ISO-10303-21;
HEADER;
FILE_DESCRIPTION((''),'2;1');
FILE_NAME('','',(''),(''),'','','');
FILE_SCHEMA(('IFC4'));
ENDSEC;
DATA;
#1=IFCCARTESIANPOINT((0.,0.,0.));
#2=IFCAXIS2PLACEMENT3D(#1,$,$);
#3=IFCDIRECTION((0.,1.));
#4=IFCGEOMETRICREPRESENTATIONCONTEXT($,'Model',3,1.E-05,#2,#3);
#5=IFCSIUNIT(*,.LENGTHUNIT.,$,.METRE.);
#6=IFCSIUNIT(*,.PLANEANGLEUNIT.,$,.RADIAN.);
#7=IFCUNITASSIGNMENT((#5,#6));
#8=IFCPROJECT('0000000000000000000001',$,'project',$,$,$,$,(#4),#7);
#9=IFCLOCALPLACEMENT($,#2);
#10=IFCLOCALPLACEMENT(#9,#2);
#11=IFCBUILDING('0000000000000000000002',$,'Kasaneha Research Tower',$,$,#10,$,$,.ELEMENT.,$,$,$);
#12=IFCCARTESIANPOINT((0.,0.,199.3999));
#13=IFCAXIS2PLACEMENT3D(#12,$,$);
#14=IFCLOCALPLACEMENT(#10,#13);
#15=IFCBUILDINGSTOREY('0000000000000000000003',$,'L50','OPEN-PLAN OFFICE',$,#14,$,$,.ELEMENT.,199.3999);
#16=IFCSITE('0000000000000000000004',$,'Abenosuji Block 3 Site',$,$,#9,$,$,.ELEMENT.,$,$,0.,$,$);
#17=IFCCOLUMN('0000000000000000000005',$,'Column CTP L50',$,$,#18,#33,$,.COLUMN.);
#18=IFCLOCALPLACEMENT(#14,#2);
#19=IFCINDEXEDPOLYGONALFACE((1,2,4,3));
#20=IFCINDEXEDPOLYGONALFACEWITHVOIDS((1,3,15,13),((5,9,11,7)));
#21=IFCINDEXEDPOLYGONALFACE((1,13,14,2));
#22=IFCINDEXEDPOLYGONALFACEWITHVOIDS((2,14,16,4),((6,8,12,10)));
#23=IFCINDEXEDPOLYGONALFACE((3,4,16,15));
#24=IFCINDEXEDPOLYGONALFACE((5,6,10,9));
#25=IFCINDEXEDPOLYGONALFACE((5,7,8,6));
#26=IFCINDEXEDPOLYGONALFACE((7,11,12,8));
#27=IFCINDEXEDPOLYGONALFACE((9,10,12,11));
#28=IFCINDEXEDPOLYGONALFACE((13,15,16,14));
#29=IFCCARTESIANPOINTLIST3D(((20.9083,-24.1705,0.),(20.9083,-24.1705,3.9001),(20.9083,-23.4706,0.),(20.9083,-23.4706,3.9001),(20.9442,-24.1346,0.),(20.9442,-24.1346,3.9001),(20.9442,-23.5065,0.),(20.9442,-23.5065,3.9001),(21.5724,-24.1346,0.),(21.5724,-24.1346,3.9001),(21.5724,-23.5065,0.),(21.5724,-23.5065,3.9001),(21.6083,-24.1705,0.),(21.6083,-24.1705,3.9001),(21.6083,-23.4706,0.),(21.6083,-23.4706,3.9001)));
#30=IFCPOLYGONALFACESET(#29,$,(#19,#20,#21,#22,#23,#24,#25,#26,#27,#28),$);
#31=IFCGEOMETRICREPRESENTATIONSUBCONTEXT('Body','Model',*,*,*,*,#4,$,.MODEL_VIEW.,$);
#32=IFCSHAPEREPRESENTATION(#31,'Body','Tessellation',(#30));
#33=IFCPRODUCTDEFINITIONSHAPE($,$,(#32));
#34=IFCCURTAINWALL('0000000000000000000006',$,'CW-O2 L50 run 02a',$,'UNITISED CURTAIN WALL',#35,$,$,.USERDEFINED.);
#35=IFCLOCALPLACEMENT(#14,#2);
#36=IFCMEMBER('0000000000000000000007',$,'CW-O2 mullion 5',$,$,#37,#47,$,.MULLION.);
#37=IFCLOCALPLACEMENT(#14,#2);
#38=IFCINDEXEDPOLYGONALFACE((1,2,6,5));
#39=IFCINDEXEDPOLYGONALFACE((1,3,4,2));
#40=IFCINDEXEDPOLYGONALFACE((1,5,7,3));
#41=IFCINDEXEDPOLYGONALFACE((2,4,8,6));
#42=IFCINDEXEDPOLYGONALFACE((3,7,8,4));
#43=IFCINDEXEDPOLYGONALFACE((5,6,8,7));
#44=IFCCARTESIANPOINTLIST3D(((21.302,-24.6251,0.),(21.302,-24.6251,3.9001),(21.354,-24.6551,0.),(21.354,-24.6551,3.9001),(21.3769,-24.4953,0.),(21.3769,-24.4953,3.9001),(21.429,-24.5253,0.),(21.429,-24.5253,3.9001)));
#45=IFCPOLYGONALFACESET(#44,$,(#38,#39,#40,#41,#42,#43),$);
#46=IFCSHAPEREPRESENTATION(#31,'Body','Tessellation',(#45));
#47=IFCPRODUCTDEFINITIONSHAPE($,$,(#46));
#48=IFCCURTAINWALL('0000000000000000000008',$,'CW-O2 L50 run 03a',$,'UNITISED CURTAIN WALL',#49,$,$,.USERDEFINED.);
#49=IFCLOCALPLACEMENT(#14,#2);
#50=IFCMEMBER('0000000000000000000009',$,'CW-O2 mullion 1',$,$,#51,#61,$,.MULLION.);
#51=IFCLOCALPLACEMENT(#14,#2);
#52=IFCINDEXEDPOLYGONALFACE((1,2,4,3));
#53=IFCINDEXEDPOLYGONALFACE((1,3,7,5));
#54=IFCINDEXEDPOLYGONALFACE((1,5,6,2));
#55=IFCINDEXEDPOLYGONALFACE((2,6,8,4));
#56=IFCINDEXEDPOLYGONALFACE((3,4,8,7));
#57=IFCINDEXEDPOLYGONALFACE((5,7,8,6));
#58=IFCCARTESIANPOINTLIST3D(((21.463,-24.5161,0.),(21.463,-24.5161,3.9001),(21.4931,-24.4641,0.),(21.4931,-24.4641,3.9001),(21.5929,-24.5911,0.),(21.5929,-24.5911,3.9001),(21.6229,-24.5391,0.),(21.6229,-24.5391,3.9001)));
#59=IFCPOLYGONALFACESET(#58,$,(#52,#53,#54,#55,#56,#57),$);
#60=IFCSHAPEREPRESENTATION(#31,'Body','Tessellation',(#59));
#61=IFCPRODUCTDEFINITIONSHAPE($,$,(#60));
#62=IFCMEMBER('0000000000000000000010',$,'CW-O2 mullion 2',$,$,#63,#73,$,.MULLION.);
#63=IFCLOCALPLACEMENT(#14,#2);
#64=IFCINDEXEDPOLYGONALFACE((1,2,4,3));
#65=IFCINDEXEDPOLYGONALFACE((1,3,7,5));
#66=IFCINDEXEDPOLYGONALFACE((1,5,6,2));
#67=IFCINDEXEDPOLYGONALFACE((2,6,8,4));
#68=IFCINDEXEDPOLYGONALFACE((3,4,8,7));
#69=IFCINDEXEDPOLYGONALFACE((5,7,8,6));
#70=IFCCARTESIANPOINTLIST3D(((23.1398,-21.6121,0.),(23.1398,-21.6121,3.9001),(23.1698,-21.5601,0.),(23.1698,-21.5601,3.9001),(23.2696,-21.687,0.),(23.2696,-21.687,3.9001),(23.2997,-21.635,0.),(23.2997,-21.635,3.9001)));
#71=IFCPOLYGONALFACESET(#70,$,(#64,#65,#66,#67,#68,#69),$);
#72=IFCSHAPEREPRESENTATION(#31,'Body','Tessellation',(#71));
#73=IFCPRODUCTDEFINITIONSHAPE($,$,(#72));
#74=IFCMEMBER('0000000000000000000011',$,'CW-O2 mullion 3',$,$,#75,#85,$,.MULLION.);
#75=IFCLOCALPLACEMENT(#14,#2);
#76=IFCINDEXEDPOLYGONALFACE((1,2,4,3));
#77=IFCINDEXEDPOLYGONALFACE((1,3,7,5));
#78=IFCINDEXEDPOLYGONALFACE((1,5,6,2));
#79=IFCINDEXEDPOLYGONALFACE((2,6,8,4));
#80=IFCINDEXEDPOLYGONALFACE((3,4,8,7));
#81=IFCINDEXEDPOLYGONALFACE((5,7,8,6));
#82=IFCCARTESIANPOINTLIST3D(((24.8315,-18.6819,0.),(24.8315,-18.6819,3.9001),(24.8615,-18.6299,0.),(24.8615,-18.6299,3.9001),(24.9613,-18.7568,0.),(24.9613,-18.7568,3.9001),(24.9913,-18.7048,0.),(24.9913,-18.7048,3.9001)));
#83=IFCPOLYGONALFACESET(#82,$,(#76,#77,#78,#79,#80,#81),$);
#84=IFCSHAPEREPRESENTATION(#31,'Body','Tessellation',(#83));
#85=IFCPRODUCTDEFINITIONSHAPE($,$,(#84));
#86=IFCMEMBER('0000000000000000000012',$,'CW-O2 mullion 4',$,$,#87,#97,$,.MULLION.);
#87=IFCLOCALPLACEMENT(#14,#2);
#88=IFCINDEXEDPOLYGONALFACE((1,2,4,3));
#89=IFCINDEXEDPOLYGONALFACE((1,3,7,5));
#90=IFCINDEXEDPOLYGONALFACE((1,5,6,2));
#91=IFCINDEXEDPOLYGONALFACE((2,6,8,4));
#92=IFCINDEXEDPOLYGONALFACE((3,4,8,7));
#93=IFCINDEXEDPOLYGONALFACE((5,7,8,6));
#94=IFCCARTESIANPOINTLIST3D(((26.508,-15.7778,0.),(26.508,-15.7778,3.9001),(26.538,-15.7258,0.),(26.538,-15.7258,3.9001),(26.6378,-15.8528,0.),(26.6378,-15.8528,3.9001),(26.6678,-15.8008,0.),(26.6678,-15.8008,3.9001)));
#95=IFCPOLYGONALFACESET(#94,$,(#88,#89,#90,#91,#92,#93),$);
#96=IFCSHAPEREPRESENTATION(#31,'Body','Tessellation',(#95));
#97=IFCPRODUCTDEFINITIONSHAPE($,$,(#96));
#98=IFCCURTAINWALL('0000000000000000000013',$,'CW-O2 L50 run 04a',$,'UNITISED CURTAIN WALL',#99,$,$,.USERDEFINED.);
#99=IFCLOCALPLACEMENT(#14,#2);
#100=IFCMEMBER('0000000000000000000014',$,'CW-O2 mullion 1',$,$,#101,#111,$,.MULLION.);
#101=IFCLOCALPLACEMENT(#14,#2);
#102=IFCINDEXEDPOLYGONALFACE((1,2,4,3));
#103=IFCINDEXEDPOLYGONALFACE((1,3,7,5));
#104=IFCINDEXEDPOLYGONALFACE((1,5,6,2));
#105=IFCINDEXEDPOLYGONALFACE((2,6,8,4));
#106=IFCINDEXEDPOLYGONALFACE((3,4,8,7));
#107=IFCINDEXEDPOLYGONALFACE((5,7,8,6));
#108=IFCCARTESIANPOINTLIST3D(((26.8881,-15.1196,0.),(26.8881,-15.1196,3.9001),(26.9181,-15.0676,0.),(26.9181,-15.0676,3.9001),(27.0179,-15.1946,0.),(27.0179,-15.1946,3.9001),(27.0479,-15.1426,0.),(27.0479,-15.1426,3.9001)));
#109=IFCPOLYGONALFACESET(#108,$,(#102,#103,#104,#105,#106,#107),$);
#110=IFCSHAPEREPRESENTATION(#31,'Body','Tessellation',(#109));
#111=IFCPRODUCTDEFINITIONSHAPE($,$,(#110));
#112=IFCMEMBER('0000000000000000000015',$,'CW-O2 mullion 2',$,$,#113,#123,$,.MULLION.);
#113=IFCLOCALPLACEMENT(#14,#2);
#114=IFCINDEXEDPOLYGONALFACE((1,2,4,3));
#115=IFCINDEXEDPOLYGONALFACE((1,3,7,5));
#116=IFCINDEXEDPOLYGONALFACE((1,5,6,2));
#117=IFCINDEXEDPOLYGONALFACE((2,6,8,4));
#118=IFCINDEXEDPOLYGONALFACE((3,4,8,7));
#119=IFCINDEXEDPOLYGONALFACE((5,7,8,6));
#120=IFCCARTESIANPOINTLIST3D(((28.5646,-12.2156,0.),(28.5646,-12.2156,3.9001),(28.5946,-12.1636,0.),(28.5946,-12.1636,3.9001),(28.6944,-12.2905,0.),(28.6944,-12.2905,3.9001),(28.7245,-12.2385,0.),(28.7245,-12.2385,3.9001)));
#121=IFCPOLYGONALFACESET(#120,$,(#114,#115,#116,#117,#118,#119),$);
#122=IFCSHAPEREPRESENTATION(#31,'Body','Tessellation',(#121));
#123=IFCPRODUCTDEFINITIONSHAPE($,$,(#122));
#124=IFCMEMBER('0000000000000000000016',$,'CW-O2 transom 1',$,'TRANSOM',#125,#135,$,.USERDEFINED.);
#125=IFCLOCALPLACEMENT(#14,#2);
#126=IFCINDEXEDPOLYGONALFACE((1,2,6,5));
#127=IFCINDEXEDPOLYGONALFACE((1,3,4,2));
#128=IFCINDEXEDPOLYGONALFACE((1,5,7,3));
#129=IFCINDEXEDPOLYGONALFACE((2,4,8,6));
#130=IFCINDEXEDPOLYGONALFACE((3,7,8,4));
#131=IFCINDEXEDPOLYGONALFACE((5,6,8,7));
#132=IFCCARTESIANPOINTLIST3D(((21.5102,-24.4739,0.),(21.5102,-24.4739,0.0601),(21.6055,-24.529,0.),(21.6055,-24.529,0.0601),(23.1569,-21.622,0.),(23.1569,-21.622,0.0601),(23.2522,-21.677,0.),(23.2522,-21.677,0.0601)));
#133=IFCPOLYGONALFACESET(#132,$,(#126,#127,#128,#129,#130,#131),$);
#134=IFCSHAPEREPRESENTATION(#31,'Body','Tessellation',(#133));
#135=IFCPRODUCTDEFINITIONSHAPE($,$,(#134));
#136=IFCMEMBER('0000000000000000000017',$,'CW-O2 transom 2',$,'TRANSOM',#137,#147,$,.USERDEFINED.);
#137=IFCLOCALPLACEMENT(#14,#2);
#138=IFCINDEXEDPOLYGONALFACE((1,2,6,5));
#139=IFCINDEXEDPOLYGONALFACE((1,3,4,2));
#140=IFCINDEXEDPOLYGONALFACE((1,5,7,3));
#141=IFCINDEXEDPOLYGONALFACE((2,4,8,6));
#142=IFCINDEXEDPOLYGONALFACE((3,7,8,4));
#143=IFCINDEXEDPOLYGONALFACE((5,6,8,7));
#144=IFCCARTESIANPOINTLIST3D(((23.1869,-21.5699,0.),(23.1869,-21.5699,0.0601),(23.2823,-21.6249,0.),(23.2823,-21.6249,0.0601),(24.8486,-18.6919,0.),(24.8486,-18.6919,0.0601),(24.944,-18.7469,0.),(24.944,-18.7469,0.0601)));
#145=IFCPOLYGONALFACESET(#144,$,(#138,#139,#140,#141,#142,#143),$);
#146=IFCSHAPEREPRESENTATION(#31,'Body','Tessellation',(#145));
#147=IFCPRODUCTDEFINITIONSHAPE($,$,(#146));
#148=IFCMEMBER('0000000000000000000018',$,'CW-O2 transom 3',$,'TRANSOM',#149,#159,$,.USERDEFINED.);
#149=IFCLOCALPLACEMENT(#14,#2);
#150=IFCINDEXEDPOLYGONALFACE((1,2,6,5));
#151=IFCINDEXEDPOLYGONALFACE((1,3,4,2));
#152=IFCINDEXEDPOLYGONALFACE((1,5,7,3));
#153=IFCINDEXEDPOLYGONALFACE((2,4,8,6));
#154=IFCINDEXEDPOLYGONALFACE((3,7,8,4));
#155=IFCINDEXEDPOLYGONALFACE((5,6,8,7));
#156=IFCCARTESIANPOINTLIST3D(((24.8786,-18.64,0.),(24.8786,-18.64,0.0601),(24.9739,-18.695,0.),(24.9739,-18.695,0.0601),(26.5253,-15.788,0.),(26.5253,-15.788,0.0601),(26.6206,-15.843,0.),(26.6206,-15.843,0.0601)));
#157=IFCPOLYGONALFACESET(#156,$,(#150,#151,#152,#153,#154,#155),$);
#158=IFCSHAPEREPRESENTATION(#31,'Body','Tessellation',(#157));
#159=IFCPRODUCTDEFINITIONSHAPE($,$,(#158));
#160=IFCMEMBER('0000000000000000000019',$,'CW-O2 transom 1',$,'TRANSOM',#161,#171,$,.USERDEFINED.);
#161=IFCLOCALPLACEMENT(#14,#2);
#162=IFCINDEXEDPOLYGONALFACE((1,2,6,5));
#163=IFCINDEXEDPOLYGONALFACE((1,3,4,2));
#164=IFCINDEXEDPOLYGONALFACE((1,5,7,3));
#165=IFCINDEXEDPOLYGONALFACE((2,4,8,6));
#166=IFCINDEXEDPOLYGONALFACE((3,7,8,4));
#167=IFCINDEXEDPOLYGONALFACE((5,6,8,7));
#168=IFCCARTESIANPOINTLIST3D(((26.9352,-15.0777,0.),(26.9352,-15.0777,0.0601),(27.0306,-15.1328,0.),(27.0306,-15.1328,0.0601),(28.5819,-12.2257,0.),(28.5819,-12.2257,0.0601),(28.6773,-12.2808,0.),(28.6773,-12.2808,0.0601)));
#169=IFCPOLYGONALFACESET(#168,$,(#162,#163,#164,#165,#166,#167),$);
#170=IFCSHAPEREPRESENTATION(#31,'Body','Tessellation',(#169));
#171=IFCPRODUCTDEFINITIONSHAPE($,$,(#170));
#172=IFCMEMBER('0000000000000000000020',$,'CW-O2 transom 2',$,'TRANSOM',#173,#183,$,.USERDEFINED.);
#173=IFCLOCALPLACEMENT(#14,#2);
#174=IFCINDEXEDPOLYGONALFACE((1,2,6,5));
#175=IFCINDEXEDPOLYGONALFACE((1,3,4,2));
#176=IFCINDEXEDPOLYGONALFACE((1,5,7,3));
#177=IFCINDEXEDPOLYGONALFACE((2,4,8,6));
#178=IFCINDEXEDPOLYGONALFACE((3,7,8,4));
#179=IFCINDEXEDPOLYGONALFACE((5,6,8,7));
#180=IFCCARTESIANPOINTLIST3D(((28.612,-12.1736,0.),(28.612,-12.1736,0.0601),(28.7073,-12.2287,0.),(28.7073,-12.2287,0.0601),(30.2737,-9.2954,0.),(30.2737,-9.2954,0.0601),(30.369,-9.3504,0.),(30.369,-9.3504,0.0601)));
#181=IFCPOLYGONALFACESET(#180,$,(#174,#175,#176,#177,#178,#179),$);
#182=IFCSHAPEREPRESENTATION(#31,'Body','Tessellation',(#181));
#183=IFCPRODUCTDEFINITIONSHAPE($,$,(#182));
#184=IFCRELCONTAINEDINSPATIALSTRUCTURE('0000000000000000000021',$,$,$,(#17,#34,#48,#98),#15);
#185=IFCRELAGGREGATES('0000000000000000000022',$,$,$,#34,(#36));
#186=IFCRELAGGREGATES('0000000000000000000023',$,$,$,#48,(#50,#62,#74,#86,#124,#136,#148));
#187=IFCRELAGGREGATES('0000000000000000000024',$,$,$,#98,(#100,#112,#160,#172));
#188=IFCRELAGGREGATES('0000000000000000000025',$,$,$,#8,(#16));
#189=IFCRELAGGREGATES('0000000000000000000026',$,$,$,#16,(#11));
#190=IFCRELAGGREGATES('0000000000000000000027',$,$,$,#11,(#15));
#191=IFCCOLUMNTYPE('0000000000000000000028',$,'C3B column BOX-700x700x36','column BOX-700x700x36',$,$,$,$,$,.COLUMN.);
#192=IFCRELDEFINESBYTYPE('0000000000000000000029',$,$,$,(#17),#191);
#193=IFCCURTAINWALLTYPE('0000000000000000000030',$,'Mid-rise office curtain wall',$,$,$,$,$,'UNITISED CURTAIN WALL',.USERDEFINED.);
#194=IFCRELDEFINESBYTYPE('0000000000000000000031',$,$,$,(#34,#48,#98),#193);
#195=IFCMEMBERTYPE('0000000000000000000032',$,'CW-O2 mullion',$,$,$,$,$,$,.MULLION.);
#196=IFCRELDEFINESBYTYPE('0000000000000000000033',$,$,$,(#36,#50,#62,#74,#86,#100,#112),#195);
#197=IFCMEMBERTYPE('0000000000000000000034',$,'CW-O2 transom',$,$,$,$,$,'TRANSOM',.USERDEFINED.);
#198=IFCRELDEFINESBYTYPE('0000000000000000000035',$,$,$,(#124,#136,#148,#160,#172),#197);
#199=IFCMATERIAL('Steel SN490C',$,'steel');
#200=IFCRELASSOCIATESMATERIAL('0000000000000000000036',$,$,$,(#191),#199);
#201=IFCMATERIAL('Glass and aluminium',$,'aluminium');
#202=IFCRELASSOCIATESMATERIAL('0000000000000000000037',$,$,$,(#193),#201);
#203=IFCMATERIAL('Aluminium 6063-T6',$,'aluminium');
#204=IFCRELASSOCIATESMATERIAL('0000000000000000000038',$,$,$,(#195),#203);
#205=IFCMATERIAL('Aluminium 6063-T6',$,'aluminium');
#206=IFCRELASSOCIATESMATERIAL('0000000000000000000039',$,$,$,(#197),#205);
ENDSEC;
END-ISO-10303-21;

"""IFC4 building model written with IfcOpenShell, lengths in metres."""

from ifc_helpers import new_model, si_unit, direction, frame, origin, origin_2d, place, context, subcontext, project, spatial, rectangle, hollow_rectangle, extrude, material, material_profile, profile_set, type_object, element, aggregate, save


model = new_model("IFC4")

# Units and contexts
model_context = context("Model", 3, precision=1e-05, world=origin(), true_north=direction((0.0, 1.0)))
body_context = subcontext(model_context, "Body", "Model", "MODEL_VIEW")
ifc_project = project(units=[si_unit("LENGTHUNIT", "METRE"), si_unit("PLANEANGLEUNIT", "RADIAN")], contexts=[model_context])

# Site, building, storey
site_placement = place(None, origin())
site = spatial("IfcSite", under=ifc_project, at=site_placement, Name="Abenosuji Block 3 Site", CompositionType="ELEMENT", RefElevation=0.0)
building_placement = place(site_placement, origin())
building = spatial("IfcBuilding", under=site, at=building_placement, Name="Kasaneha Research Tower", CompositionType="ELEMENT")
storey_placement = place(building_placement, frame((0.0, 0.0, 199.3999)))
storey = spatial("IfcBuildingStorey", under=building, at=storey_placement, Name="L50", Description="OPEN-PLAN OFFICE", CompositionType="ELEMENT", Elevation=199.3999)

# Column
ifc_material_1 = material(Name="Steel SN490C", Category="steel")
ifc_material_profile_1 = material_profile(ifc_material_1, hollow_rectangle(XDim=0.7, YDim=0.7, WallThickness=0.0359, at=origin_2d()), Name="BOX-700x700x36")
ifc_profile_set_1 = profile_set([ifc_material_profile_1], Name="Steel SN490C")
column_type = type_object("IfcColumnType", Name="C3B column BOX-700x700x36", Description="column BOX-700x700x36", PredefinedType="COLUMN", material=ifc_profile_set_1)
column_placement = place(storey_placement, frame((21.2583, -23.8206, 0.0), z_axis=(0.0, 0.0, 1.0), x_axis=(1.0, 0.0, 0.0)))
element("IfcColumn", 1, at=column_placement, inside=storey, type_object=column_type, Name="Column CTP L50", PredefinedType="COLUMN", context=body_context, shape_type="SweptSolid", body=[
    extrude(hollow_rectangle(XDim=0.7, YDim=0.7, WallThickness=0.0359, at=origin_2d()), origin(), (0.0, 0.0, 1.0), 3.9001),
])

# Curtain wall, member
ifc_material_2 = material(Name="Glass and aluminium", Category="aluminium")
curtain_wall_type = type_object("IfcCurtainWallType", Name="Mid-rise office curtain wall", ElementType="UNITISED CURTAIN WALL", PredefinedType="USERDEFINED", material=ifc_material_2)
curtain_wall_1_placement = place(storey_placement, origin())
curtain_wall_1 = element("IfcCurtainWall", 2, at=curtain_wall_1_placement, inside=storey, type_object=curtain_wall_type, Name="CW-O2 L50 run 02a", ObjectType="UNITISED CURTAIN WALL", PredefinedType="USERDEFINED")
ifc_material_3 = material(Name="Aluminium 6063-T6", Category="aluminium")
ifc_material_profile_2 = material_profile(ifc_material_3, rectangle(XDim=0.0601, YDim=0.1499, at=origin_2d()), Name="CW-O2 mullion 60x150")
ifc_profile_set_2 = profile_set([ifc_material_profile_2], Name="Aluminium 6063-T6")
member_type_1 = type_object("IfcMemberType", Name="CW-O2 mullion", PredefinedType="MULLION", material=ifc_profile_set_2)
member_1_placement = place(storey_placement, frame((21.3655, -24.5752, 0.0), z_axis=(0.0, 0.0, 1.0), x_axis=(0.866025, -0.5, 0.0)))
member_1 = element("IfcMember", 3, at=member_1_placement, type_object=member_type_1, Name="CW-O2 mullion 5", PredefinedType="MULLION", context=body_context, shape_type="SweptSolid", body=[
    extrude(rectangle(XDim=0.0601, YDim=0.1499, at=origin_2d()), origin(), (0.0, 0.0, 1.0), 3.9001),
])

# Curtain walls, members
curtain_wall_2_placement = place(storey_placement, origin())
curtain_wall_2 = element("IfcCurtainWall", 4, at=curtain_wall_2_placement, inside=storey, type_object=curtain_wall_type, Name="CW-O2 L50 run 03a", ObjectType="UNITISED CURTAIN WALL", PredefinedType="USERDEFINED")
member_2_placement = place(storey_placement, frame((21.543, -24.5276, 0.0), z_axis=(0.0, 0.0, 1.0), x_axis=(0.5, 0.866025, 0.0)))
member_2 = element("IfcMember", 5, at=member_2_placement, type_object=member_type_1, Name="CW-O2 mullion 1", PredefinedType="MULLION", context=body_context, shape_type="SweptSolid", body=[
    extrude(rectangle(XDim=0.0601, YDim=0.1499, at=origin_2d()), origin(), (0.0, 0.0, 1.0), 3.9001),
])
member_3_placement = place(storey_placement, frame((23.2197, -21.6235, 0.0), z_axis=(0.0, 0.0, 1.0), x_axis=(0.5, 0.866025, 0.0)))
member_3 = element("IfcMember", 6, at=member_3_placement, type_object=member_type_1, Name="CW-O2 mullion 2", PredefinedType="MULLION", context=body_context, shape_type="SweptSolid", body=[
    extrude(rectangle(XDim=0.0601, YDim=0.1499, at=origin_2d()), origin(), (0.0, 0.0, 1.0), 3.9001),
])
member_4_placement = place(storey_placement, frame((24.9114, -18.6934, 0.0), z_axis=(0.0, 0.0, 1.0), x_axis=(0.5, 0.866025, 0.0)))
member_4 = element("IfcMember", 7, at=member_4_placement, type_object=member_type_1, Name="CW-O2 mullion 3", PredefinedType="MULLION", context=body_context, shape_type="SweptSolid", body=[
    extrude(rectangle(XDim=0.0601, YDim=0.1499, at=origin_2d()), origin(), (0.0, 0.0, 1.0), 3.9001),
])
member_5_placement = place(storey_placement, frame((26.5879, -15.7893, 0.0), z_axis=(0.0, 0.0, 1.0), x_axis=(0.5, 0.866025, 0.0)))
member_5 = element("IfcMember", 8, at=member_5_placement, type_object=member_type_1, Name="CW-O2 mullion 4", PredefinedType="MULLION", context=body_context, shape_type="SweptSolid", body=[
    extrude(rectangle(XDim=0.0601, YDim=0.1499, at=origin_2d()), origin(), (0.0, 0.0, 1.0), 3.9001),
])
curtain_wall_3_placement = place(storey_placement, origin())
curtain_wall_3 = element("IfcCurtainWall", 9, at=curtain_wall_3_placement, inside=storey, type_object=curtain_wall_type, Name="CW-O2 L50 run 04a", ObjectType="UNITISED CURTAIN WALL", PredefinedType="USERDEFINED")
member_6_placement = place(storey_placement, frame((26.968, -15.1311, 0.0), z_axis=(0.0, 0.0, 1.0), x_axis=(0.5, 0.866025, 0.0)))
member_6 = element("IfcMember", 10, at=member_6_placement, type_object=member_type_1, Name="CW-O2 mullion 1", PredefinedType="MULLION", context=body_context, shape_type="SweptSolid", body=[
    extrude(rectangle(XDim=0.0601, YDim=0.1499, at=origin_2d()), origin(), (0.0, 0.0, 1.0), 3.9001),
])
member_7_placement = place(storey_placement, frame((28.6445, -12.2271, 0.0), z_axis=(0.0, 0.0, 1.0), x_axis=(0.5, 0.866025, 0.0)))
member_7 = element("IfcMember", 11, at=member_7_placement, type_object=member_type_1, Name="CW-O2 mullion 2", PredefinedType="MULLION", context=body_context, shape_type="SweptSolid", body=[
    extrude(rectangle(XDim=0.0601, YDim=0.1499, at=origin_2d()), origin(), (0.0, 0.0, 1.0), 3.9001),
])

# Members
ifc_material_4 = material(Name="Aluminium 6063-T6", Category="aluminium")
ifc_material_profile_3 = material_profile(ifc_material_4, rectangle(XDim=0.1101, YDim=0.0601, at=origin_2d()), Name="CW-O2 transom 110x60")
ifc_profile_set_3 = profile_set([ifc_material_profile_3], Name="Aluminium 6063-T6")
member_type_2 = type_object("IfcMemberType", Name="CW-O2 transom", ElementType="TRANSOM", PredefinedType="USERDEFINED", material=ifc_profile_set_3)
member_8_placement = place(storey_placement, frame((21.5579, -24.5015, 0.03), z_axis=(0.500022, 0.866013, 0.0), x_axis=(-0.866013, 0.500022, 0.0)))
member_8 = element("IfcMember", 12, at=member_8_placement, type_object=member_type_2, Name="CW-O2 transom 1", ObjectType="TRANSOM", PredefinedType="USERDEFINED", context=body_context, shape_type="SweptSolid", body=[
    extrude(rectangle(XDim=0.1101, YDim=0.0601, at=origin_2d()), origin(), (0.0, 0.0, 1.0), 3.2932),
])
member_9_placement = place(storey_placement, frame((23.2346, -21.5974, 0.03), z_axis=(0.500011, 0.866019, 0.0), x_axis=(-0.866019, 0.500011, 0.0)))
member_9 = element("IfcMember", 13, at=member_9_placement, type_object=member_type_2, Name="CW-O2 transom 2", ObjectType="TRANSOM", PredefinedType="USERDEFINED", context=body_context, shape_type="SweptSolid", body=[
    extrude(rectangle(XDim=0.1101, YDim=0.0601, at=origin_2d()), origin(), (0.0, 0.0, 1.0), 3.3232),
])
member_10_placement = place(storey_placement, frame((24.9263, -18.6675, 0.03), z_axis=(0.500022, 0.866013, 0.0), x_axis=(-0.866013, 0.500022, 0.0)))
member_10 = element("IfcMember", 14, at=member_10_placement, type_object=member_type_2, Name="CW-O2 transom 3", ObjectType="TRANSOM", PredefinedType="USERDEFINED", context=body_context, shape_type="SweptSolid", body=[
    extrude(rectangle(XDim=0.1101, YDim=0.0601, at=origin_2d()), origin(), (0.0, 0.0, 1.0), 3.2932),
])
member_11_placement = place(storey_placement, frame((26.9829, -15.1052, 0.03), z_axis=(0.500022, 0.866013, 0.0), x_axis=(-0.866013, 0.500022, 0.0)))
member_11 = element("IfcMember", 15, at=member_11_placement, type_object=member_type_2, Name="CW-O2 transom 1", ObjectType="TRANSOM", PredefinedType="USERDEFINED", context=body_context, shape_type="SweptSolid", body=[
    extrude(rectangle(XDim=0.1101, YDim=0.0601, at=origin_2d()), origin(), (0.0, 0.0, 1.0), 3.2932),
])
member_12_placement = place(storey_placement, frame((28.6597, -12.2012, 0.03), z_axis=(0.499979, 0.866038, 0.0), x_axis=(-0.866038, 0.499979, 0.0)))
member_12 = element("IfcMember", 16, at=member_12_placement, type_object=member_type_2, Name="CW-O2 transom 2", ObjectType="TRANSOM", PredefinedType="USERDEFINED", context=body_context, shape_type="SweptSolid", body=[
    extrude(rectangle(XDim=0.1101, YDim=0.0601, at=origin_2d()), origin(), (0.0, 0.0, 1.0), 3.3235),
])

aggregate(curtain_wall_1, [member_1])
aggregate(curtain_wall_2, [member_2, member_3, member_4, member_5, member_8, member_9, member_10])
aggregate(curtain_wall_3, [member_6, member_7, member_11, member_12])

save(model, "model.ifc")
